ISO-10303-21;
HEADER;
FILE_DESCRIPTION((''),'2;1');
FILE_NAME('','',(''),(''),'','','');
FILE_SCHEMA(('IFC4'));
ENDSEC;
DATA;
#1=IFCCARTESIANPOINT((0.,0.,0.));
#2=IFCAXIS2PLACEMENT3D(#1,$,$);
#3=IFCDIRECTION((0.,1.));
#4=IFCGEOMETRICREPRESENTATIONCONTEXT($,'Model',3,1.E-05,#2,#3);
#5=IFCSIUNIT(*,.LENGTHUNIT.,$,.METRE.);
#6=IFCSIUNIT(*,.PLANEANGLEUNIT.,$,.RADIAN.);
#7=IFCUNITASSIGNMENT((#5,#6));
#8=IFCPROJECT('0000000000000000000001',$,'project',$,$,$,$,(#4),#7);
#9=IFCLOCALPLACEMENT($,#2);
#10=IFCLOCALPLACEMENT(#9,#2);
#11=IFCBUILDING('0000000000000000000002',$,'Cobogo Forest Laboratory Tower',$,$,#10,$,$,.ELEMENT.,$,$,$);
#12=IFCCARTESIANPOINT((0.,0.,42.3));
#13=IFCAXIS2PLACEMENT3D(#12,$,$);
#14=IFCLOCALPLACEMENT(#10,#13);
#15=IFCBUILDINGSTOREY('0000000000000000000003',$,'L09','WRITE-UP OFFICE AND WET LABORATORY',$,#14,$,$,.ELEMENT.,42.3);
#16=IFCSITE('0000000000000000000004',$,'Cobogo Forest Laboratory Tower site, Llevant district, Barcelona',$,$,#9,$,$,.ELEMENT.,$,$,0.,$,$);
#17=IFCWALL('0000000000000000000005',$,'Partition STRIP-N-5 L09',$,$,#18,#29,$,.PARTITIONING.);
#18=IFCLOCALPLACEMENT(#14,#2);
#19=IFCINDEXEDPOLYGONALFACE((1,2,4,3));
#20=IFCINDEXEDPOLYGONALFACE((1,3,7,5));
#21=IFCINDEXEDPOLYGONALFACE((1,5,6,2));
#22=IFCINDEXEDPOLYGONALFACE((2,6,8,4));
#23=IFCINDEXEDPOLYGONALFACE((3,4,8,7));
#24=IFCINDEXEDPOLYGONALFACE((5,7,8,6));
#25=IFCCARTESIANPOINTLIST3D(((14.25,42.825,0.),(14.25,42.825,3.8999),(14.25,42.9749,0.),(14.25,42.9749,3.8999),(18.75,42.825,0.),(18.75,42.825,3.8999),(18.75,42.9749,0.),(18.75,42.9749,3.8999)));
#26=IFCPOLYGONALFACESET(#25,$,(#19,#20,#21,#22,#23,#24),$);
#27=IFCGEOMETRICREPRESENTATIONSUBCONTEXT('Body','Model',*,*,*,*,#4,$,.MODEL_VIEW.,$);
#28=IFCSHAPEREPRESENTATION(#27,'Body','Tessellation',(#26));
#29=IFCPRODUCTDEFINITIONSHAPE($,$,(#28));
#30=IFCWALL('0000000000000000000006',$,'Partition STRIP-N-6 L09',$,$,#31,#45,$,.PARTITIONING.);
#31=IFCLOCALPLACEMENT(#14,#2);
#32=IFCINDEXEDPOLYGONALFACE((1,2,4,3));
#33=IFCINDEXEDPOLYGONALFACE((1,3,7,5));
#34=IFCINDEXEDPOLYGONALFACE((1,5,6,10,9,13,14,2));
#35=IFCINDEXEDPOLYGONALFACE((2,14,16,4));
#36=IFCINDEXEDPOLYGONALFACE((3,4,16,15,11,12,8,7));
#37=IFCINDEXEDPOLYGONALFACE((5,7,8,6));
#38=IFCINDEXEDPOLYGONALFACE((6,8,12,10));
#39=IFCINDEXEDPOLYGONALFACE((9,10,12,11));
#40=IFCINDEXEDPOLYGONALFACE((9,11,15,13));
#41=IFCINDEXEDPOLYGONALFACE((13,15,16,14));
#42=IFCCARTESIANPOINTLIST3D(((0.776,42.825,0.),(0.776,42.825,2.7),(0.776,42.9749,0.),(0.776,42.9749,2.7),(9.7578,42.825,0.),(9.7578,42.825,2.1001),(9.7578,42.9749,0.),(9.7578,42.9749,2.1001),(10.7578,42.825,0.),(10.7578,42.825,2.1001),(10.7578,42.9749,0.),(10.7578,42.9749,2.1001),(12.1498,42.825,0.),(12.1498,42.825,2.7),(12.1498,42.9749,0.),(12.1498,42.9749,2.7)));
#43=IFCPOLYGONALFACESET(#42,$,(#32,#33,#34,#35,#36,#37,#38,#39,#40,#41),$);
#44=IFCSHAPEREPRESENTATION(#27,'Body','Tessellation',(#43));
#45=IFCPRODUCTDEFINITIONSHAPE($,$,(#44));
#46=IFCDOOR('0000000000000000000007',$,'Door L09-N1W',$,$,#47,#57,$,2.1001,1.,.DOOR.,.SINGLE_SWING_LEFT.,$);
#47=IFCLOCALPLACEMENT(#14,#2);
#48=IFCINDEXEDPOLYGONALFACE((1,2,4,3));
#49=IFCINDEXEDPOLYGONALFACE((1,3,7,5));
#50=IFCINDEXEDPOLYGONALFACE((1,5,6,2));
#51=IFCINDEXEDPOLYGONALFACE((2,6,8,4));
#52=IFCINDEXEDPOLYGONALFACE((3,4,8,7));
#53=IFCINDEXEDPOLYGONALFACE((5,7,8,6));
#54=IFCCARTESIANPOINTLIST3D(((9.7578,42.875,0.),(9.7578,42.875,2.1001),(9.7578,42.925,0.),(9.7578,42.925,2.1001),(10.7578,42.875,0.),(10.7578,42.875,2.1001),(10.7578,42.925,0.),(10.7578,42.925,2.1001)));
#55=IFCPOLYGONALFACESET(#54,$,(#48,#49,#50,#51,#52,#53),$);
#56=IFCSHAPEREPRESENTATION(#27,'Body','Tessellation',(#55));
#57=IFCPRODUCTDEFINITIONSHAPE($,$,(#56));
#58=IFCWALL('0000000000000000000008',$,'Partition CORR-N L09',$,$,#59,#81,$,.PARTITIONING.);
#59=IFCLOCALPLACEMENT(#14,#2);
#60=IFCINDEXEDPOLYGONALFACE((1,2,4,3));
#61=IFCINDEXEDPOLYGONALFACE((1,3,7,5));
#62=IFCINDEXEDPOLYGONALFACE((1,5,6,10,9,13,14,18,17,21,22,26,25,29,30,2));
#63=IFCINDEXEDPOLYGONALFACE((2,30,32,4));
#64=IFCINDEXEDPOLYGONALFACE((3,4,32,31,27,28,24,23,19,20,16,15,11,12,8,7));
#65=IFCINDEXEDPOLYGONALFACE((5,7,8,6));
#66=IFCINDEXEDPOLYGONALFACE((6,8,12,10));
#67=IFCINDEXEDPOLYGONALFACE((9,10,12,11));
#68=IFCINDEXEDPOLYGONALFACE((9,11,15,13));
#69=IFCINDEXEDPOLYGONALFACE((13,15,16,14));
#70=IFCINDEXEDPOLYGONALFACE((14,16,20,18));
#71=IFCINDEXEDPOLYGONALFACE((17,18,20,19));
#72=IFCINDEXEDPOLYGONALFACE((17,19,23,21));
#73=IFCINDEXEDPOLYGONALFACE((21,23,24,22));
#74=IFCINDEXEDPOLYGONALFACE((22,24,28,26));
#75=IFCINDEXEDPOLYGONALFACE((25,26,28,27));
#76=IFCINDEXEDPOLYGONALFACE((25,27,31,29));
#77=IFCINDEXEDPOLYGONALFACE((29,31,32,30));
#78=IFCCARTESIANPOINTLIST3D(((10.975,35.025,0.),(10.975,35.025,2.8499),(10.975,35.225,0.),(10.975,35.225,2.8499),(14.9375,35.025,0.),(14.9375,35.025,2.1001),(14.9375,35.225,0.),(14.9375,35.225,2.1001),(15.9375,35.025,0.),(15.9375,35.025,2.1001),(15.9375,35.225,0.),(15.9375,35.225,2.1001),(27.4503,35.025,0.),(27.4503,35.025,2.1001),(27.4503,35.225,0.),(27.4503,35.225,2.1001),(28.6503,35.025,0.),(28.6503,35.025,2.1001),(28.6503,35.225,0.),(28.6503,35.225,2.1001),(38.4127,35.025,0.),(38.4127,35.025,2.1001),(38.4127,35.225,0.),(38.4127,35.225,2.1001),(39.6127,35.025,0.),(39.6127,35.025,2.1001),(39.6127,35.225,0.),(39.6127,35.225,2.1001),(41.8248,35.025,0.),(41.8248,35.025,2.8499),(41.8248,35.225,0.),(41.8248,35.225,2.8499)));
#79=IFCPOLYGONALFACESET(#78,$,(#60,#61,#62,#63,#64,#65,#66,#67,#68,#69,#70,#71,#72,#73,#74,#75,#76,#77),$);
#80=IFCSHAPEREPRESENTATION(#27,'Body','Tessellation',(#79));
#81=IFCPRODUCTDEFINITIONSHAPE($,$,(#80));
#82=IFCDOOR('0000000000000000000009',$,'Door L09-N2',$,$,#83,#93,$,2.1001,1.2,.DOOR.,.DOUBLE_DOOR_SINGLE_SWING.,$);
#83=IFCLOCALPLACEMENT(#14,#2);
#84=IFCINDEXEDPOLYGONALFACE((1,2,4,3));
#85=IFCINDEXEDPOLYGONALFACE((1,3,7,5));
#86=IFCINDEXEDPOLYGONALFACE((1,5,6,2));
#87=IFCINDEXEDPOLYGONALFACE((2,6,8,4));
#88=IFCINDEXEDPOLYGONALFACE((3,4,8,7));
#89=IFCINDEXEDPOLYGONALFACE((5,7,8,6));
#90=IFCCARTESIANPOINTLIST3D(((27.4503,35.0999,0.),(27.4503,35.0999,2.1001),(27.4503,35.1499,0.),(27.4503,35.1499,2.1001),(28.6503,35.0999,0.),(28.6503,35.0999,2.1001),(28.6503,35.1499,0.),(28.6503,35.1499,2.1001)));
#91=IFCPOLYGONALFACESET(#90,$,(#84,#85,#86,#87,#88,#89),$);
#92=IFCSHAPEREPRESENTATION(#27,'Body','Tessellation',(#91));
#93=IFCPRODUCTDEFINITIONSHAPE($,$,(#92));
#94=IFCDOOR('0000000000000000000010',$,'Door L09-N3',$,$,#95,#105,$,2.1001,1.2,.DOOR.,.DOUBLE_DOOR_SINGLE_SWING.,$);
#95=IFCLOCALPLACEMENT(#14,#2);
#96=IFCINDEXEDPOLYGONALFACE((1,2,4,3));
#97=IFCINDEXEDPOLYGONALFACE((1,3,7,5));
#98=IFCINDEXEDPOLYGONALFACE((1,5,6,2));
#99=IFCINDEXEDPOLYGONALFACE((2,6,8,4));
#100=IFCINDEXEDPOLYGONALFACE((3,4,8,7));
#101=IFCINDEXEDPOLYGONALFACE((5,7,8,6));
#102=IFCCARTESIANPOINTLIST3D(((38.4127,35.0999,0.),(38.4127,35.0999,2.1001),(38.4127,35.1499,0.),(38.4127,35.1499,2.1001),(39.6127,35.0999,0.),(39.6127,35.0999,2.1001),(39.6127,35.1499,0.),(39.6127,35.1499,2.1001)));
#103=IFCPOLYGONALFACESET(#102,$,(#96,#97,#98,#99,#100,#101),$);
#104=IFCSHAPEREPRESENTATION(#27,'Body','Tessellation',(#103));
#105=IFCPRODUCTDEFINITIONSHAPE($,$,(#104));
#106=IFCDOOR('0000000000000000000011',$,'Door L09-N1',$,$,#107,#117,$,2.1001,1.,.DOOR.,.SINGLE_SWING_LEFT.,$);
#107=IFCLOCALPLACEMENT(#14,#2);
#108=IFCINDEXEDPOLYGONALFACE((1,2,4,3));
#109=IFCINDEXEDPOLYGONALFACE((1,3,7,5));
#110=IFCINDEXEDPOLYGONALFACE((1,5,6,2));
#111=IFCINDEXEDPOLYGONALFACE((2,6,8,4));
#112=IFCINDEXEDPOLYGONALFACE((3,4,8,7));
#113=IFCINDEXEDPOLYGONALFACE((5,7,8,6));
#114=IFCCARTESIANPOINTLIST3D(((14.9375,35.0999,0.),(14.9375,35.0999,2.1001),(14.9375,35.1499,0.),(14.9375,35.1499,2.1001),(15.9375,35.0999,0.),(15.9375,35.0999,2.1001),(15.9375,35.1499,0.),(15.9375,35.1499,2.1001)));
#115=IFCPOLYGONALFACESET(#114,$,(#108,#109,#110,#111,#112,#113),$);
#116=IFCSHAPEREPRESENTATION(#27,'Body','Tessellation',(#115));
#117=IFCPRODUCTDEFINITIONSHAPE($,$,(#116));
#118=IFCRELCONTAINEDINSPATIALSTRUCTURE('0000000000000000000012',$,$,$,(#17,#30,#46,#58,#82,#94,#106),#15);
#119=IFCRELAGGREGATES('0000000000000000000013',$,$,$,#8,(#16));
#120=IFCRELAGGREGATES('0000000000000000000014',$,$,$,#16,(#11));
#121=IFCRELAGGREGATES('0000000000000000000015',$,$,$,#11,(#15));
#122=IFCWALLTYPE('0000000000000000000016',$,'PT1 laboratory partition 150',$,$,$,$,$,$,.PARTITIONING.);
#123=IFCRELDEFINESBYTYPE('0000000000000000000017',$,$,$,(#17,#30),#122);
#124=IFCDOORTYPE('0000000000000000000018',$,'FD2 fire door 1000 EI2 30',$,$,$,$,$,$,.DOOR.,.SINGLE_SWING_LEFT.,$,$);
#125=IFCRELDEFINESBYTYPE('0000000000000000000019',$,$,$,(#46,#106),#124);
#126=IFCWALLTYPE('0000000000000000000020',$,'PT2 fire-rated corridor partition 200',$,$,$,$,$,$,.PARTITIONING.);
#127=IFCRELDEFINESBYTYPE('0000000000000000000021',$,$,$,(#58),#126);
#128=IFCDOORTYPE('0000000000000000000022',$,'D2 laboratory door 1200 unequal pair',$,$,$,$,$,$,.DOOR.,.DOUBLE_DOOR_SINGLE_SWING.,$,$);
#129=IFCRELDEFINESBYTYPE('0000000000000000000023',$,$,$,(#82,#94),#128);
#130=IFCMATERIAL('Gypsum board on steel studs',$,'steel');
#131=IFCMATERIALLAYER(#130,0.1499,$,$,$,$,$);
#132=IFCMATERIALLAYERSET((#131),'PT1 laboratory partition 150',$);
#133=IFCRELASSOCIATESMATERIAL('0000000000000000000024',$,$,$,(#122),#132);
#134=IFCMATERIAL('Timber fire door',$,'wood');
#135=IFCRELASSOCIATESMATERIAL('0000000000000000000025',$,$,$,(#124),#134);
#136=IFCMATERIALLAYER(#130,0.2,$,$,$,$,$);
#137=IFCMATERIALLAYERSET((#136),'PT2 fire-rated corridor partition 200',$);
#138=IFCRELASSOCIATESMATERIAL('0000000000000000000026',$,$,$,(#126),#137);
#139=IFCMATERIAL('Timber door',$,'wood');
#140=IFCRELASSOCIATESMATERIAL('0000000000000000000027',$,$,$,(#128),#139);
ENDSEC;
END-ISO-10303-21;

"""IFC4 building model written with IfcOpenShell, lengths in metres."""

from ifc_helpers import new_model, si_unit, direction, frame, frame_2d, origin, place, context, subcontext, project, spatial, rectangle, extrude, material, layer, layer_set, type_object, element, fill, save


model = new_model("IFC4")

# Units and contexts
model_context = context("Model", 3, precision=1e-05, world=origin(), true_north=direction((0.0, 1.0)))
body_context = subcontext(model_context, "Body", "Model", "MODEL_VIEW")
ifc_project = project(units=[si_unit("LENGTHUNIT", "METRE"), si_unit("PLANEANGLEUNIT", "RADIAN")], contexts=[model_context])

# Site, building, storey
site_placement = place(None, origin())
site = spatial("IfcSite", under=ifc_project, at=site_placement, Name="Cobogo Forest Laboratory Tower site, Llevant district, Barcelona", CompositionType="ELEMENT", RefElevation=0.0)
building_placement = place(site_placement, origin())
building = spatial("IfcBuilding", under=site, at=building_placement, Name="Cobogo Forest Laboratory Tower", CompositionType="ELEMENT")
storey_placement = place(building_placement, frame((0.0, 0.0, 42.3)))
storey = spatial("IfcBuildingStorey", under=building, at=storey_placement, Name="L09", Description="WRITE-UP OFFICE AND WET LABORATORY", CompositionType="ELEMENT", Elevation=42.3)

# Wall
ifc_material_1 = material(Name="Gypsum board on steel studs", Category="steel")
ifc_layer_1 = layer(ifc_material_1, 0.1499)
ifc_layer_set_1 = layer_set([ifc_layer_1], Name="PT1 laboratory partition 150")
wall_type_1 = type_object("IfcWallType", Name="PT1 laboratory partition 150", PredefinedType="PARTITIONING", material=ifc_layer_set_1)
wall_1_placement = place(storey_placement, frame((18.75, 42.8999, 0.0), z_axis=(0.0, 0.0, 1.0), x_axis=(-1.0, 0.0, 0.0)))
element("IfcWall", 1, at=wall_1_placement, inside=storey, type_object=wall_type_1, Name="Partition STRIP-N-5 L09", PredefinedType="PARTITIONING", context=body_context, shape_type="SweptSolid", body=[
    extrude(rectangle(XDim=4.5, YDim=0.1499, at=frame_2d((2.25, 0.0))), origin(), (0.0, 0.0, 1.0), 3.8999),
])

# Wall, opening, door
wall_2_placement = place(storey_placement, frame((12.1499, 42.8999, 0.0), z_axis=(0.0, 0.0, 1.0), x_axis=(-1.0, 0.0, 0.0)))
wall_2 = element("IfcWall", 2, at=wall_2_placement, inside=storey, type_object=wall_type_1, Name="Partition STRIP-N-6 L09", PredefinedType="PARTITIONING", context=body_context, shape_type="SweptSolid", body=[
    extrude(rectangle(XDim=11.3738, YDim=0.1499, at=frame_2d((5.687, 0.0))), origin(), (0.0, 0.0, 1.0), 2.7),
])
opening_1_placement = place(wall_2_placement, frame((1.3921, 0.0, 0.0)))
opening_1 = element("IfcOpeningElement", 3, at=opening_1_placement, cuts=wall_2, PredefinedType="OPENING", context=body_context, shape_type="SweptSolid", body=[
    extrude(rectangle(XDim=1.0, YDim=2.1001, at=frame_2d((0.5, 1.05))), frame((0.0, 0.085, 0.0), z_axis=(0.0, -1.0, 0.0), x_axis=(1.0, 0.0, 0.0)), (0.0, 0.0, 1.0), 0.1699),
])
ifc_material_2 = material(Name="Timber fire door", Category="wood")
door_type_1 = type_object("IfcDoorType", Name="FD2 fire door 1000 EI2 30", OperationType="SINGLE_SWING_LEFT", PredefinedType="DOOR", material=ifc_material_2)
door_1_placement = place(opening_1_placement, origin())
door_1 = element("IfcDoor", 4, at=door_1_placement, inside=storey, type_object=door_type_1, Name="Door L09-N1W", OperationType="SINGLE_SWING_LEFT", OverallHeight=2.1001, OverallWidth=1.0, PredefinedType="DOOR", context=body_context, shape_type="SweptSolid", body=[
    extrude(rectangle(XDim=1.0, YDim=2.1001, at=frame_2d((0.5, 1.05))), frame((0.0, 0.0249, 0.0), z_axis=(0.0, -1.0, 0.0), x_axis=(1.0, 0.0, 0.0)), (0.0, 0.0, 1.0), 0.05),
])
fill(opening_1, door_1)

# Wall, openings, doors
ifc_layer_2 = layer(ifc_material_1, 0.2)
ifc_layer_set_2 = layer_set([ifc_layer_2], Name="PT2 fire-rated corridor partition 200")
wall_type_2 = type_object("IfcWallType", Name="PT2 fire-rated corridor partition 200", PredefinedType="PARTITIONING", material=ifc_layer_set_2)
wall_3_placement = place(storey_placement, frame((10.9751, 35.125, 0.0), z_axis=(0.0, 0.0, 1.0), x_axis=(1.0, 0.0, 0.0)))
wall_3 = element("IfcWall", 5, at=wall_3_placement, inside=storey, type_object=wall_type_2, Name="Partition CORR-N L09", PredefinedType="PARTITIONING", context=body_context, shape_type="SweptSolid", body=[
    extrude(rectangle(XDim=30.8499, YDim=0.2, at=frame_2d((15.4248, 0.0))), origin(), (0.0, 0.0, 1.0), 2.8499),
])
opening_2_placement = place(wall_3_placement, frame((3.9624, 0.0, 0.0)))
opening_2 = element("IfcOpeningElement", 6, at=opening_2_placement, cuts=wall_3, PredefinedType="OPENING", context=body_context, shape_type="SweptSolid", body=[
    extrude(rectangle(XDim=1.0, YDim=2.1001, at=frame_2d((0.5, 1.05))), frame((0.0, 0.1099, 0.0), z_axis=(0.0, -1.0, 0.0), x_axis=(1.0, 0.0, 0.0)), (0.0, 0.0, 1.0), 0.22),
])
opening_3_placement = place(wall_3_placement, frame((16.4751, 0.0, 0.0)))
opening_3 = element("IfcOpeningElement", 7, at=opening_3_placement, cuts=wall_3, PredefinedType="OPENING", context=body_context, shape_type="SweptSolid", body=[
    extrude(rectangle(XDim=1.2, YDim=2.1001, at=frame_2d((0.6001, 1.05))), frame((0.0, 0.1099, 0.0), z_axis=(0.0, -1.0, 0.0), x_axis=(1.0, 0.0, 0.0)), (0.0, 0.0, 1.0), 0.22),
])
opening_4_placement = place(wall_3_placement, frame((27.4375, 0.0, 0.0)))
opening_4 = element("IfcOpeningElement", 8, at=opening_4_placement, cuts=wall_3, PredefinedType="OPENING", context=body_context, shape_type="SweptSolid", body=[
    extrude(rectangle(XDim=1.2, YDim=2.1001, at=frame_2d((0.6001, 1.05))), frame((0.0, 0.1099, 0.0), z_axis=(0.0, -1.0, 0.0), x_axis=(1.0, 0.0, 0.0)), (0.0, 0.0, 1.0), 0.22),
])
ifc_material_3 = material(Name="Timber door", Category="wood")
door_type_2 = type_object("IfcDoorType", Name="D2 laboratory door 1200 unequal pair", OperationType="DOUBLE_DOOR_SINGLE_SWING", PredefinedType="DOOR", material=ifc_material_3)
door_2_placement = place(opening_3_placement, origin())
door_2 = element("IfcDoor", 9, at=door_2_placement, inside=storey, type_object=door_type_2, Name="Door L09-N2", OperationType="DOUBLE_DOOR_SINGLE_SWING", OverallHeight=2.1001, OverallWidth=1.2, PredefinedType="DOOR", context=body_context, shape_type="SweptSolid", body=[
    extrude(rectangle(XDim=1.2, YDim=2.1001, at=frame_2d((0.6001, 1.05))), frame((0.0, 0.0249, 0.0), z_axis=(0.0, -1.0, 0.0), x_axis=(1.0, 0.0, 0.0)), (0.0, 0.0, 1.0), 0.05),
])
fill(opening_3, door_2)
door_3_placement = place(opening_4_placement, origin())
door_3 = element("IfcDoor", 10, at=door_3_placement, inside=storey, type_object=door_type_2, Name="Door L09-N3", OperationType="DOUBLE_DOOR_SINGLE_SWING", OverallHeight=2.1001, OverallWidth=1.2, PredefinedType="DOOR", context=body_context, shape_type="SweptSolid", body=[
    extrude(rectangle(XDim=1.2, YDim=2.1001, at=frame_2d((0.6001, 1.05))), frame((0.0, 0.0249, 0.0), z_axis=(0.0, -1.0, 0.0), x_axis=(1.0, 0.0, 0.0)), (0.0, 0.0, 1.0), 0.05),
])
fill(opening_4, door_3)
door_4_placement = place(opening_2_placement, origin())
door_4 = element("IfcDoor", 11, at=door_4_placement, inside=storey, type_object=door_type_1, Name="Door L09-N1", OperationType="SINGLE_SWING_LEFT", OverallHeight=2.1001, OverallWidth=1.0, PredefinedType="DOOR", context=body_context, shape_type="SweptSolid", body=[
    extrude(rectangle(XDim=1.0, YDim=2.1001, at=frame_2d((0.5, 1.05))), frame((0.0, 0.0249, 0.0), z_axis=(0.0, -1.0, 0.0), x_axis=(1.0, 0.0, 0.0)), (0.0, 0.0, 1.0), 0.05),
])
fill(opening_2, door_4)

save(model, "model.ifc")
